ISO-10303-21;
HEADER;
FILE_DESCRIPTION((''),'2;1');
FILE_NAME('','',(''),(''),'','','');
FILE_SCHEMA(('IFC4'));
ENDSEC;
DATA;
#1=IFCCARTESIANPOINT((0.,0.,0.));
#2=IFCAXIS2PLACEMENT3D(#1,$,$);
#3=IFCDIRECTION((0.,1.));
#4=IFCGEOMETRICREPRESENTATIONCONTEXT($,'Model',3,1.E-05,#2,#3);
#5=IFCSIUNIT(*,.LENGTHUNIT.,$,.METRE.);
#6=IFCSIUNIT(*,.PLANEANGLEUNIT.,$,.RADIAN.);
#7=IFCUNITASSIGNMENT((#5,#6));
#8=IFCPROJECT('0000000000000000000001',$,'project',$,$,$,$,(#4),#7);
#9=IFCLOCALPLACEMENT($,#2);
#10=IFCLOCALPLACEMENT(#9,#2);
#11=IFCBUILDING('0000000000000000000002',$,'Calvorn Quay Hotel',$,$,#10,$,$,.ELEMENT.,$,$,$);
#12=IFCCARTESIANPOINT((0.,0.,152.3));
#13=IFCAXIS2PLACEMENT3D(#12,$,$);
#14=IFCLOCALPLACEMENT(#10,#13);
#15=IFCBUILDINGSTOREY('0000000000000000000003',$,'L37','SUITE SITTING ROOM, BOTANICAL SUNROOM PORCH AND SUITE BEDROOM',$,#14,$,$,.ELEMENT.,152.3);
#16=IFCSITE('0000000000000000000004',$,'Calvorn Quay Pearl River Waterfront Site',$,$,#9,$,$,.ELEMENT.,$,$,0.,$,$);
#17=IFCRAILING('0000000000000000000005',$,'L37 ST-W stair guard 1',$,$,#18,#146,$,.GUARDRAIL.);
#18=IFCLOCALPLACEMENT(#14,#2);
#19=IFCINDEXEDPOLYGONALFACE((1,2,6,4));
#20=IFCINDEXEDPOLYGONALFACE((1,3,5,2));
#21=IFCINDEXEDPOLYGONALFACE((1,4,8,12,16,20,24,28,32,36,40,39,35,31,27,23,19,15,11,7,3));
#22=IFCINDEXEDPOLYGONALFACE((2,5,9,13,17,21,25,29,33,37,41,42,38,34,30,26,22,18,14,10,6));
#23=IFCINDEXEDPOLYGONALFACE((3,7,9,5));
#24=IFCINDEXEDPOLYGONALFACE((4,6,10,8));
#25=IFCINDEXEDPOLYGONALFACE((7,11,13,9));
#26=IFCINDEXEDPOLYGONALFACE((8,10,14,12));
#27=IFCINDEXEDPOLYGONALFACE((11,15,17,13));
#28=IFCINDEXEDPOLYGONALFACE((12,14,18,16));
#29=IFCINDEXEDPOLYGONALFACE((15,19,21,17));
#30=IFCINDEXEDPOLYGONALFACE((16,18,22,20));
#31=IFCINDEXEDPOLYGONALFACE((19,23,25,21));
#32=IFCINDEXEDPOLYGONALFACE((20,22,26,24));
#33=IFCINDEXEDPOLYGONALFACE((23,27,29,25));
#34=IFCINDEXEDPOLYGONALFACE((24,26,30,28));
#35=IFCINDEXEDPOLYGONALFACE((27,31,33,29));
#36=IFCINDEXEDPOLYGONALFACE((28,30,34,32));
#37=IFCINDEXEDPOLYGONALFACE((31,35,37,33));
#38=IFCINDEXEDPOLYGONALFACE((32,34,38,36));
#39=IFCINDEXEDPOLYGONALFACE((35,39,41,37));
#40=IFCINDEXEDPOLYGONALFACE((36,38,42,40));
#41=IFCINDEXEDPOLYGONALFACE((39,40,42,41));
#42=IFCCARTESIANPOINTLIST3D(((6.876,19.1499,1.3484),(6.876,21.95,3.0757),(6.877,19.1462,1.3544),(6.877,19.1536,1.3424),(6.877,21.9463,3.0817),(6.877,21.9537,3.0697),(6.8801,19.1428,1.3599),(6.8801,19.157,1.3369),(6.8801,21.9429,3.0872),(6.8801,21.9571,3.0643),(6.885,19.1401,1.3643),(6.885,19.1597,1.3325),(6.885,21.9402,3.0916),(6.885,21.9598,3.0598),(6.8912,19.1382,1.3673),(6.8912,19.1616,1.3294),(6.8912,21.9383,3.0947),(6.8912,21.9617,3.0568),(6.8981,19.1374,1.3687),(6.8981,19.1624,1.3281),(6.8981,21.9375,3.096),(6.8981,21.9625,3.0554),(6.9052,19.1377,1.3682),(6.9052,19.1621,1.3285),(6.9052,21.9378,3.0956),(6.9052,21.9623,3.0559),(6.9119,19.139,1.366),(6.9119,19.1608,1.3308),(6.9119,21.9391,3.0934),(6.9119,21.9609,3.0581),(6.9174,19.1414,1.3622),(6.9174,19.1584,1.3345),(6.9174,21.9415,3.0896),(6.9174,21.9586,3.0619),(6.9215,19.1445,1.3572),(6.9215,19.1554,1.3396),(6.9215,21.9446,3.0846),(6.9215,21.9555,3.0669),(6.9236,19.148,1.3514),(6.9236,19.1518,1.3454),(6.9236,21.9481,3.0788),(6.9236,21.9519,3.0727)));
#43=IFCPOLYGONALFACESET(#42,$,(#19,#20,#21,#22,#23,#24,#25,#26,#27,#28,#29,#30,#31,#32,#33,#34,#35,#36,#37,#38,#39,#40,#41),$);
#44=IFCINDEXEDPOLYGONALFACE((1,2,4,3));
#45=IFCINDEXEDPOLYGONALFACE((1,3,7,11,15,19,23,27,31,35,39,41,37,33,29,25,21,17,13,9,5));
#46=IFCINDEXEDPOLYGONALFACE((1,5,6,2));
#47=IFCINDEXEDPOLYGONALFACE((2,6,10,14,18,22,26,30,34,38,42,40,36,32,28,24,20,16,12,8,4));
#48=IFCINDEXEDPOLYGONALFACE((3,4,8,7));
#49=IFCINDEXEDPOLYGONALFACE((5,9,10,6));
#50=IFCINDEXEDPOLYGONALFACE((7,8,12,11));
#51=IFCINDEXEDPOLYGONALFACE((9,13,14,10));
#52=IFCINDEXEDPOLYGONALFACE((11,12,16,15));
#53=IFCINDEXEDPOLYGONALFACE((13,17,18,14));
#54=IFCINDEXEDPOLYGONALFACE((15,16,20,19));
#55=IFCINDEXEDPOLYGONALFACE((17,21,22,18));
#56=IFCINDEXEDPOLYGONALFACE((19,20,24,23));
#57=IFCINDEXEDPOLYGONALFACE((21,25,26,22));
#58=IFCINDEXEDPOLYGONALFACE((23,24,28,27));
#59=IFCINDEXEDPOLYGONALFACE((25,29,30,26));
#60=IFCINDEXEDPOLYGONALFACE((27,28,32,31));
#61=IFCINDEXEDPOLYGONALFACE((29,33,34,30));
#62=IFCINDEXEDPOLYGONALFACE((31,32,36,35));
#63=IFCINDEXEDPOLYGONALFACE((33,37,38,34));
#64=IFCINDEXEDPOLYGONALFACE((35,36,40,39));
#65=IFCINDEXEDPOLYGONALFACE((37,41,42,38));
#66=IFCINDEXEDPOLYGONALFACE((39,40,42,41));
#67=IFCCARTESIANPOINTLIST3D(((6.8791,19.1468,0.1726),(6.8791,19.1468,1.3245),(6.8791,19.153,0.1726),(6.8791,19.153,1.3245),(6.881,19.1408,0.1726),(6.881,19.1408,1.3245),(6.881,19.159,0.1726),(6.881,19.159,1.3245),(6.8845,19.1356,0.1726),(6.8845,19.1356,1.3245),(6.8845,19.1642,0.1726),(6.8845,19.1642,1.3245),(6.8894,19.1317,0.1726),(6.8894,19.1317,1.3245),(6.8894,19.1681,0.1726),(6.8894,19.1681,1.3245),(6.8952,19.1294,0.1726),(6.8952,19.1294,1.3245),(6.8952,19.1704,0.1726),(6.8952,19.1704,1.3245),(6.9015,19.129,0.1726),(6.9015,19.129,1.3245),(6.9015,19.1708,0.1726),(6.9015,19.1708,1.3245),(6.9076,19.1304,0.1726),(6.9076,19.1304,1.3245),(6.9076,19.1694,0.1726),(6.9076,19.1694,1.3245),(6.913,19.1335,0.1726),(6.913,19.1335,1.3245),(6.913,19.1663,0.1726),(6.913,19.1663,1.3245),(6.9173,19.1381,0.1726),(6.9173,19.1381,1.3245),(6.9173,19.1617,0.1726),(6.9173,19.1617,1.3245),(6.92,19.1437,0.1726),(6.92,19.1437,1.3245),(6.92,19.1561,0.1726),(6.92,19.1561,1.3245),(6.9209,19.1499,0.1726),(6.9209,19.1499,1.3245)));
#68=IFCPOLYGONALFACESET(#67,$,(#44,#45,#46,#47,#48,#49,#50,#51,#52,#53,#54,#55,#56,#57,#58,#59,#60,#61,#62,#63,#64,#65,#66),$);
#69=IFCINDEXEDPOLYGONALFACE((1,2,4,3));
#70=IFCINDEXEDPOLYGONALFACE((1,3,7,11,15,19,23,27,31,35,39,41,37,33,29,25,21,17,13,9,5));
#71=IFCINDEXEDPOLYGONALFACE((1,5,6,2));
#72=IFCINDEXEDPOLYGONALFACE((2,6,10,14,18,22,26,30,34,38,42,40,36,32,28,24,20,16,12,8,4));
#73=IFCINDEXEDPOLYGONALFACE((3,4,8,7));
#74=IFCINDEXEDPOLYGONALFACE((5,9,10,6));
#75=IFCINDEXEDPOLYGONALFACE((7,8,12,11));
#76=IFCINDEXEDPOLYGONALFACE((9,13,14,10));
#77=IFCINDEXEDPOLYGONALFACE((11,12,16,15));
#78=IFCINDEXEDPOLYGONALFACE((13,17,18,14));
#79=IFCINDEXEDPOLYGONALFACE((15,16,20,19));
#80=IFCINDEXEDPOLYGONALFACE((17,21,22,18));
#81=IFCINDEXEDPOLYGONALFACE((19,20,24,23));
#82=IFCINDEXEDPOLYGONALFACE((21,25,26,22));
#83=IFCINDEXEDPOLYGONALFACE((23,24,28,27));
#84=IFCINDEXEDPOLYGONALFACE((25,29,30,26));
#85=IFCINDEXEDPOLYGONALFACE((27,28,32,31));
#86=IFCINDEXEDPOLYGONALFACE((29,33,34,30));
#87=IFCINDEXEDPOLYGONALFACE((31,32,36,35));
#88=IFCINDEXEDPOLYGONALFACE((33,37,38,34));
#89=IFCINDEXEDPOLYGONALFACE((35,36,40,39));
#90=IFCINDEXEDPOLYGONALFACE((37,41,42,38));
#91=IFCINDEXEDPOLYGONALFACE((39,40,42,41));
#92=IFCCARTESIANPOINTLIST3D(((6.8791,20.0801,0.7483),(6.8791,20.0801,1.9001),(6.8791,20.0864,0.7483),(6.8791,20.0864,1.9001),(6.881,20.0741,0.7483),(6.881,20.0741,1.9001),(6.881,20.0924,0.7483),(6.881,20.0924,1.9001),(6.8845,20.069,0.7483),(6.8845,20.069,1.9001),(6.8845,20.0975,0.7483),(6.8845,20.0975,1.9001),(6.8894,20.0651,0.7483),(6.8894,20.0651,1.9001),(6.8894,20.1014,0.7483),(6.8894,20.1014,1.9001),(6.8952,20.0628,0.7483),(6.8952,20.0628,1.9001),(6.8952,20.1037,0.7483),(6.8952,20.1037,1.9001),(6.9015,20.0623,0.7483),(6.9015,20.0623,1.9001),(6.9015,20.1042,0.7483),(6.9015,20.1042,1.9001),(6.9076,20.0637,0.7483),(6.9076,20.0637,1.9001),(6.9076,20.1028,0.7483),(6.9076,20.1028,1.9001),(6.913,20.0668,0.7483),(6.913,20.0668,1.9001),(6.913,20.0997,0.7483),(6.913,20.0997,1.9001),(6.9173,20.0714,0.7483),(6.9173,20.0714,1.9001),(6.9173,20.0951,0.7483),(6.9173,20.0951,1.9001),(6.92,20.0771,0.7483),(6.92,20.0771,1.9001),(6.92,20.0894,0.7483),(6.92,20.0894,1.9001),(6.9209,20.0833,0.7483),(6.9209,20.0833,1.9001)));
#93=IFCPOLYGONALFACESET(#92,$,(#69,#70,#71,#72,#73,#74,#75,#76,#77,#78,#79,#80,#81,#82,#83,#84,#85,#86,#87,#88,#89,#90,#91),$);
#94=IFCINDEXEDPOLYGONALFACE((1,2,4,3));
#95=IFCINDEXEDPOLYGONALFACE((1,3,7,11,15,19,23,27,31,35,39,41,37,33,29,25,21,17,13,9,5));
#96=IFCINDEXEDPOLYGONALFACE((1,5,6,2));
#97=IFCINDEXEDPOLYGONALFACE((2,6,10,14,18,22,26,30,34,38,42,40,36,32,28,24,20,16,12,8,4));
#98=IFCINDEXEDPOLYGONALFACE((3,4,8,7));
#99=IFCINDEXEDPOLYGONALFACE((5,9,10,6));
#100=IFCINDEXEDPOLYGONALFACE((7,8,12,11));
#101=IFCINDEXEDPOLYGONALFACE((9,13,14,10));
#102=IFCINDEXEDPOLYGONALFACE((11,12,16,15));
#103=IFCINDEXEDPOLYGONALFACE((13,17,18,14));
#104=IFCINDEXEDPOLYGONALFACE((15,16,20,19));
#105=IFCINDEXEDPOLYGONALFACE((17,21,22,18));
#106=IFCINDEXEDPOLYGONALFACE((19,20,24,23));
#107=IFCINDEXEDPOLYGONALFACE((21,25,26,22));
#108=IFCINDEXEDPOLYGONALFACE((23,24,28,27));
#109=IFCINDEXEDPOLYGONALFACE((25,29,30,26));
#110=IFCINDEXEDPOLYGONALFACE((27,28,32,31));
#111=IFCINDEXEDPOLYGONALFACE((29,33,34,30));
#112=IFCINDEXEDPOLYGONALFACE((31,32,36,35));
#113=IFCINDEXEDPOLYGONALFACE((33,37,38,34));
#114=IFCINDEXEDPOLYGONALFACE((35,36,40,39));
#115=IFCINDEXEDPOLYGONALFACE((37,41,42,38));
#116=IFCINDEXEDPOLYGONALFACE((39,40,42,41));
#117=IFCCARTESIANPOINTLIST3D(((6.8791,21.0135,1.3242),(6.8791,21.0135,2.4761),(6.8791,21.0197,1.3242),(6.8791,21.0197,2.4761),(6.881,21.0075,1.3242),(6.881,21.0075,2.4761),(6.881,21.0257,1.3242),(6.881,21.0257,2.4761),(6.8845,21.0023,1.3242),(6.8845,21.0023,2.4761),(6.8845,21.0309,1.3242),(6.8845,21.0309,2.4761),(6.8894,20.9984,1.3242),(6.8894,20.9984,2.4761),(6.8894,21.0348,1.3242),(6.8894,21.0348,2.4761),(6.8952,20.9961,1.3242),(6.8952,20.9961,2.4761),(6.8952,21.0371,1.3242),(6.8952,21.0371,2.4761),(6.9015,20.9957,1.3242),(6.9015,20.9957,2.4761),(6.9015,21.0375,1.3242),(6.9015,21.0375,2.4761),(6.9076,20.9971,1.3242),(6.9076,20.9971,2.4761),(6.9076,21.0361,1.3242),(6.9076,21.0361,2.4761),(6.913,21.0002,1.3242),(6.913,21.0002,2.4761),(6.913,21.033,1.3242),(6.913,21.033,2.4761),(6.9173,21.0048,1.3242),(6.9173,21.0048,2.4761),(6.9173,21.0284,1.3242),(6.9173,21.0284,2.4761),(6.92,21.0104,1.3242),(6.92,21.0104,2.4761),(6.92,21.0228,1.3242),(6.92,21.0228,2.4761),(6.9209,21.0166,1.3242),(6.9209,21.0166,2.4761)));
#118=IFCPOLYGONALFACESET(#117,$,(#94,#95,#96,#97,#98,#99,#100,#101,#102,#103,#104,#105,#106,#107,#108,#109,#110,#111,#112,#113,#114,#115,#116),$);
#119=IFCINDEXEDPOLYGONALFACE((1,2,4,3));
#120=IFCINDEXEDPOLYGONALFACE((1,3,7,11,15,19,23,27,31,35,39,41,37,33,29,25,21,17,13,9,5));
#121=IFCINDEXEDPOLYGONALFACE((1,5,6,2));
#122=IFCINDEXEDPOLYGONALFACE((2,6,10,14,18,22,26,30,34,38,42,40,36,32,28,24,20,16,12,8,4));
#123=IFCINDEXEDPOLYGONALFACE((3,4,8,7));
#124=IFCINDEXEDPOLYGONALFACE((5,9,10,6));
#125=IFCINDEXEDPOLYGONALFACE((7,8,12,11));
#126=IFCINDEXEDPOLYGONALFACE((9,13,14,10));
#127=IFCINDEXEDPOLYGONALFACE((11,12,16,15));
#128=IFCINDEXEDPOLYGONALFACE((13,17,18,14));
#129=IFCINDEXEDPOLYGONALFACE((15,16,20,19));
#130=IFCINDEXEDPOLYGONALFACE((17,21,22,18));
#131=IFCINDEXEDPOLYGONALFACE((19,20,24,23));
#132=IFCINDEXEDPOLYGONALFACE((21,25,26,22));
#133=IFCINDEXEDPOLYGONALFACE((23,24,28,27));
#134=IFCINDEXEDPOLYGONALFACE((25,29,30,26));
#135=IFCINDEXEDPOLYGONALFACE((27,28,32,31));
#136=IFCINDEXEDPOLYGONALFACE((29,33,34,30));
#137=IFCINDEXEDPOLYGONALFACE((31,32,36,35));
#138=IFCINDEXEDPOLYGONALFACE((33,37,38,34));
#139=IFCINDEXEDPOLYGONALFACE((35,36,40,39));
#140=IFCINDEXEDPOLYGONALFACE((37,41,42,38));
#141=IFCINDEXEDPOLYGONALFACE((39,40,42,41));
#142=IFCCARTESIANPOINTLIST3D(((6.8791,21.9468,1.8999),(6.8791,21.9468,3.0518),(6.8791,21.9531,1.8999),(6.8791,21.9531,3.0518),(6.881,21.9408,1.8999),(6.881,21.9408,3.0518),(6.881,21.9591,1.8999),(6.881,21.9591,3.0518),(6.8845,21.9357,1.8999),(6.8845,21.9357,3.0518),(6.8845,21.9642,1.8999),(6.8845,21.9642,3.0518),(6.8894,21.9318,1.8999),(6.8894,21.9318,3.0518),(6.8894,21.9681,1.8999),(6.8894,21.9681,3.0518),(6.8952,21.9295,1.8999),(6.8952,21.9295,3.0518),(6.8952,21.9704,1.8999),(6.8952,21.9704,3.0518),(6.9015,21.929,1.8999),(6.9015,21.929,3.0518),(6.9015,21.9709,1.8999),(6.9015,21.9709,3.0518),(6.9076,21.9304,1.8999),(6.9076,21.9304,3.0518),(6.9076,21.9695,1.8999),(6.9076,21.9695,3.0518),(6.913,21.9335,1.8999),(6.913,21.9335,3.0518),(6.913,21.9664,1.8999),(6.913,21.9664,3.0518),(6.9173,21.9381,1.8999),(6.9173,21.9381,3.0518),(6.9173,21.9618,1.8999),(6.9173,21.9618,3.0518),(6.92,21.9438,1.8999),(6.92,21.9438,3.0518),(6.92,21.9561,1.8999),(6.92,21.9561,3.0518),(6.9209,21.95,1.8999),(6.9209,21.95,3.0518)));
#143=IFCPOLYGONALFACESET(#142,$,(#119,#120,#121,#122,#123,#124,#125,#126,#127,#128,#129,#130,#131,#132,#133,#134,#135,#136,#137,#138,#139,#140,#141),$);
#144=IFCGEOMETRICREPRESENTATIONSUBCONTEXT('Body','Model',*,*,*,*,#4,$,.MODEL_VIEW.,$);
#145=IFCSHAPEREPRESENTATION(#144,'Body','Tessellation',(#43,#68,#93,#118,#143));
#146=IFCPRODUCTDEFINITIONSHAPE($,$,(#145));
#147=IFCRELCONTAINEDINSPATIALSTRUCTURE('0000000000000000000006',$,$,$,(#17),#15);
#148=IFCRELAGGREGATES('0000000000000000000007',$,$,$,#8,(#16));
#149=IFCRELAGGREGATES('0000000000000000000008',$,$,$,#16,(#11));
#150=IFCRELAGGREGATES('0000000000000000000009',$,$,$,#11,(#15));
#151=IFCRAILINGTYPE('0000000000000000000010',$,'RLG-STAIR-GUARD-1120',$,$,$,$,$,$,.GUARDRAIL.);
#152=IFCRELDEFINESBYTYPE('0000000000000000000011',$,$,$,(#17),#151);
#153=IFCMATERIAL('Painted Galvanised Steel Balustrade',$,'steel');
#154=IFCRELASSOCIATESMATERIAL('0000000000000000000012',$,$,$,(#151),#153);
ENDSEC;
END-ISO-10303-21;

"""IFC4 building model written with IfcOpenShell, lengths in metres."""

from ifc_helpers import new_model, si_unit, direction, frame, origin, origin_2d, place, context, subcontext, project, spatial, circle, extrude, material, type_object, element, save


model = new_model("IFC4")

# Units and contexts
model_context = context("Model", 3, precision=1e-05, world=origin(), true_north=direction((0.0, 1.0)))
body_context = subcontext(model_context, "Body", "Model", "MODEL_VIEW")
ifc_project = project(units=[si_unit("LENGTHUNIT", "METRE"), si_unit("PLANEANGLEUNIT", "RADIAN")], contexts=[model_context])

# Site, building, storey
site_placement = place(None, origin())
site = spatial("IfcSite", under=ifc_project, at=site_placement, Name="Calvorn Quay Pearl River Waterfront Site", CompositionType="ELEMENT", RefElevation=0.0)
building_placement = place(site_placement, origin())
building = spatial("IfcBuilding", under=site, at=building_placement, Name="Calvorn Quay Hotel", CompositionType="ELEMENT")
storey_placement = place(building_placement, frame((0.0, 0.0, 152.3)))
storey = spatial("IfcBuildingStorey", under=building, at=storey_placement, Name="L37", Description="SUITE SITTING ROOM, BOTANICAL SUNROOM PORCH AND SUITE BEDROOM", CompositionType="ELEMENT", Elevation=152.3)

# Railing
ifc_material_1 = material(Name="Painted Galvanised Steel Balustrade", Category="steel")
railing_type_1 = type_object("IfcRailingType", Name="RLG-STAIR-GUARD-1120", PredefinedType="GUARDRAIL", material=ifc_material_1)
railing_1_placement = place(storey_placement, frame((6.8999, 19.1499, 0.1726)))
element("IfcRailing", 1, at=railing_1_placement, inside=storey, type_object=railing_type_1, Name="L37 ST-W stair guard 1", PredefinedType="GUARDRAIL", context=body_context, shape_type="SweptSolid", body=[
    extrude(circle(Radius=0.0239, at=origin_2d()), frame((0.0, 0.0, 1.1758), z_axis=(0.0, 0.85109, 0.52502), x_axis=(-1.0, 0.0, 0.0)), (0.0, 0.0, 1.0), 3.29),
    extrude(circle(Radius=0.021, at=origin_2d()), origin(), (0.0, 0.0, 1.0), 1.1519),
    extrude(circle(Radius=0.021, at=origin_2d()), frame((0.0, 0.9333, 0.5757)), (0.0, 0.0, 1.0), 1.1519),
    extrude(circle(Radius=0.021, at=origin_2d()), frame((0.0, 1.8667, 1.1516)), (0.0, 0.0, 1.0), 1.1519),
    extrude(circle(Radius=0.021, at=origin_2d()), frame((0.0, 2.8, 1.7273)), (0.0, 0.0, 1.0), 1.1519),
])

save(model, "model.ifc")
